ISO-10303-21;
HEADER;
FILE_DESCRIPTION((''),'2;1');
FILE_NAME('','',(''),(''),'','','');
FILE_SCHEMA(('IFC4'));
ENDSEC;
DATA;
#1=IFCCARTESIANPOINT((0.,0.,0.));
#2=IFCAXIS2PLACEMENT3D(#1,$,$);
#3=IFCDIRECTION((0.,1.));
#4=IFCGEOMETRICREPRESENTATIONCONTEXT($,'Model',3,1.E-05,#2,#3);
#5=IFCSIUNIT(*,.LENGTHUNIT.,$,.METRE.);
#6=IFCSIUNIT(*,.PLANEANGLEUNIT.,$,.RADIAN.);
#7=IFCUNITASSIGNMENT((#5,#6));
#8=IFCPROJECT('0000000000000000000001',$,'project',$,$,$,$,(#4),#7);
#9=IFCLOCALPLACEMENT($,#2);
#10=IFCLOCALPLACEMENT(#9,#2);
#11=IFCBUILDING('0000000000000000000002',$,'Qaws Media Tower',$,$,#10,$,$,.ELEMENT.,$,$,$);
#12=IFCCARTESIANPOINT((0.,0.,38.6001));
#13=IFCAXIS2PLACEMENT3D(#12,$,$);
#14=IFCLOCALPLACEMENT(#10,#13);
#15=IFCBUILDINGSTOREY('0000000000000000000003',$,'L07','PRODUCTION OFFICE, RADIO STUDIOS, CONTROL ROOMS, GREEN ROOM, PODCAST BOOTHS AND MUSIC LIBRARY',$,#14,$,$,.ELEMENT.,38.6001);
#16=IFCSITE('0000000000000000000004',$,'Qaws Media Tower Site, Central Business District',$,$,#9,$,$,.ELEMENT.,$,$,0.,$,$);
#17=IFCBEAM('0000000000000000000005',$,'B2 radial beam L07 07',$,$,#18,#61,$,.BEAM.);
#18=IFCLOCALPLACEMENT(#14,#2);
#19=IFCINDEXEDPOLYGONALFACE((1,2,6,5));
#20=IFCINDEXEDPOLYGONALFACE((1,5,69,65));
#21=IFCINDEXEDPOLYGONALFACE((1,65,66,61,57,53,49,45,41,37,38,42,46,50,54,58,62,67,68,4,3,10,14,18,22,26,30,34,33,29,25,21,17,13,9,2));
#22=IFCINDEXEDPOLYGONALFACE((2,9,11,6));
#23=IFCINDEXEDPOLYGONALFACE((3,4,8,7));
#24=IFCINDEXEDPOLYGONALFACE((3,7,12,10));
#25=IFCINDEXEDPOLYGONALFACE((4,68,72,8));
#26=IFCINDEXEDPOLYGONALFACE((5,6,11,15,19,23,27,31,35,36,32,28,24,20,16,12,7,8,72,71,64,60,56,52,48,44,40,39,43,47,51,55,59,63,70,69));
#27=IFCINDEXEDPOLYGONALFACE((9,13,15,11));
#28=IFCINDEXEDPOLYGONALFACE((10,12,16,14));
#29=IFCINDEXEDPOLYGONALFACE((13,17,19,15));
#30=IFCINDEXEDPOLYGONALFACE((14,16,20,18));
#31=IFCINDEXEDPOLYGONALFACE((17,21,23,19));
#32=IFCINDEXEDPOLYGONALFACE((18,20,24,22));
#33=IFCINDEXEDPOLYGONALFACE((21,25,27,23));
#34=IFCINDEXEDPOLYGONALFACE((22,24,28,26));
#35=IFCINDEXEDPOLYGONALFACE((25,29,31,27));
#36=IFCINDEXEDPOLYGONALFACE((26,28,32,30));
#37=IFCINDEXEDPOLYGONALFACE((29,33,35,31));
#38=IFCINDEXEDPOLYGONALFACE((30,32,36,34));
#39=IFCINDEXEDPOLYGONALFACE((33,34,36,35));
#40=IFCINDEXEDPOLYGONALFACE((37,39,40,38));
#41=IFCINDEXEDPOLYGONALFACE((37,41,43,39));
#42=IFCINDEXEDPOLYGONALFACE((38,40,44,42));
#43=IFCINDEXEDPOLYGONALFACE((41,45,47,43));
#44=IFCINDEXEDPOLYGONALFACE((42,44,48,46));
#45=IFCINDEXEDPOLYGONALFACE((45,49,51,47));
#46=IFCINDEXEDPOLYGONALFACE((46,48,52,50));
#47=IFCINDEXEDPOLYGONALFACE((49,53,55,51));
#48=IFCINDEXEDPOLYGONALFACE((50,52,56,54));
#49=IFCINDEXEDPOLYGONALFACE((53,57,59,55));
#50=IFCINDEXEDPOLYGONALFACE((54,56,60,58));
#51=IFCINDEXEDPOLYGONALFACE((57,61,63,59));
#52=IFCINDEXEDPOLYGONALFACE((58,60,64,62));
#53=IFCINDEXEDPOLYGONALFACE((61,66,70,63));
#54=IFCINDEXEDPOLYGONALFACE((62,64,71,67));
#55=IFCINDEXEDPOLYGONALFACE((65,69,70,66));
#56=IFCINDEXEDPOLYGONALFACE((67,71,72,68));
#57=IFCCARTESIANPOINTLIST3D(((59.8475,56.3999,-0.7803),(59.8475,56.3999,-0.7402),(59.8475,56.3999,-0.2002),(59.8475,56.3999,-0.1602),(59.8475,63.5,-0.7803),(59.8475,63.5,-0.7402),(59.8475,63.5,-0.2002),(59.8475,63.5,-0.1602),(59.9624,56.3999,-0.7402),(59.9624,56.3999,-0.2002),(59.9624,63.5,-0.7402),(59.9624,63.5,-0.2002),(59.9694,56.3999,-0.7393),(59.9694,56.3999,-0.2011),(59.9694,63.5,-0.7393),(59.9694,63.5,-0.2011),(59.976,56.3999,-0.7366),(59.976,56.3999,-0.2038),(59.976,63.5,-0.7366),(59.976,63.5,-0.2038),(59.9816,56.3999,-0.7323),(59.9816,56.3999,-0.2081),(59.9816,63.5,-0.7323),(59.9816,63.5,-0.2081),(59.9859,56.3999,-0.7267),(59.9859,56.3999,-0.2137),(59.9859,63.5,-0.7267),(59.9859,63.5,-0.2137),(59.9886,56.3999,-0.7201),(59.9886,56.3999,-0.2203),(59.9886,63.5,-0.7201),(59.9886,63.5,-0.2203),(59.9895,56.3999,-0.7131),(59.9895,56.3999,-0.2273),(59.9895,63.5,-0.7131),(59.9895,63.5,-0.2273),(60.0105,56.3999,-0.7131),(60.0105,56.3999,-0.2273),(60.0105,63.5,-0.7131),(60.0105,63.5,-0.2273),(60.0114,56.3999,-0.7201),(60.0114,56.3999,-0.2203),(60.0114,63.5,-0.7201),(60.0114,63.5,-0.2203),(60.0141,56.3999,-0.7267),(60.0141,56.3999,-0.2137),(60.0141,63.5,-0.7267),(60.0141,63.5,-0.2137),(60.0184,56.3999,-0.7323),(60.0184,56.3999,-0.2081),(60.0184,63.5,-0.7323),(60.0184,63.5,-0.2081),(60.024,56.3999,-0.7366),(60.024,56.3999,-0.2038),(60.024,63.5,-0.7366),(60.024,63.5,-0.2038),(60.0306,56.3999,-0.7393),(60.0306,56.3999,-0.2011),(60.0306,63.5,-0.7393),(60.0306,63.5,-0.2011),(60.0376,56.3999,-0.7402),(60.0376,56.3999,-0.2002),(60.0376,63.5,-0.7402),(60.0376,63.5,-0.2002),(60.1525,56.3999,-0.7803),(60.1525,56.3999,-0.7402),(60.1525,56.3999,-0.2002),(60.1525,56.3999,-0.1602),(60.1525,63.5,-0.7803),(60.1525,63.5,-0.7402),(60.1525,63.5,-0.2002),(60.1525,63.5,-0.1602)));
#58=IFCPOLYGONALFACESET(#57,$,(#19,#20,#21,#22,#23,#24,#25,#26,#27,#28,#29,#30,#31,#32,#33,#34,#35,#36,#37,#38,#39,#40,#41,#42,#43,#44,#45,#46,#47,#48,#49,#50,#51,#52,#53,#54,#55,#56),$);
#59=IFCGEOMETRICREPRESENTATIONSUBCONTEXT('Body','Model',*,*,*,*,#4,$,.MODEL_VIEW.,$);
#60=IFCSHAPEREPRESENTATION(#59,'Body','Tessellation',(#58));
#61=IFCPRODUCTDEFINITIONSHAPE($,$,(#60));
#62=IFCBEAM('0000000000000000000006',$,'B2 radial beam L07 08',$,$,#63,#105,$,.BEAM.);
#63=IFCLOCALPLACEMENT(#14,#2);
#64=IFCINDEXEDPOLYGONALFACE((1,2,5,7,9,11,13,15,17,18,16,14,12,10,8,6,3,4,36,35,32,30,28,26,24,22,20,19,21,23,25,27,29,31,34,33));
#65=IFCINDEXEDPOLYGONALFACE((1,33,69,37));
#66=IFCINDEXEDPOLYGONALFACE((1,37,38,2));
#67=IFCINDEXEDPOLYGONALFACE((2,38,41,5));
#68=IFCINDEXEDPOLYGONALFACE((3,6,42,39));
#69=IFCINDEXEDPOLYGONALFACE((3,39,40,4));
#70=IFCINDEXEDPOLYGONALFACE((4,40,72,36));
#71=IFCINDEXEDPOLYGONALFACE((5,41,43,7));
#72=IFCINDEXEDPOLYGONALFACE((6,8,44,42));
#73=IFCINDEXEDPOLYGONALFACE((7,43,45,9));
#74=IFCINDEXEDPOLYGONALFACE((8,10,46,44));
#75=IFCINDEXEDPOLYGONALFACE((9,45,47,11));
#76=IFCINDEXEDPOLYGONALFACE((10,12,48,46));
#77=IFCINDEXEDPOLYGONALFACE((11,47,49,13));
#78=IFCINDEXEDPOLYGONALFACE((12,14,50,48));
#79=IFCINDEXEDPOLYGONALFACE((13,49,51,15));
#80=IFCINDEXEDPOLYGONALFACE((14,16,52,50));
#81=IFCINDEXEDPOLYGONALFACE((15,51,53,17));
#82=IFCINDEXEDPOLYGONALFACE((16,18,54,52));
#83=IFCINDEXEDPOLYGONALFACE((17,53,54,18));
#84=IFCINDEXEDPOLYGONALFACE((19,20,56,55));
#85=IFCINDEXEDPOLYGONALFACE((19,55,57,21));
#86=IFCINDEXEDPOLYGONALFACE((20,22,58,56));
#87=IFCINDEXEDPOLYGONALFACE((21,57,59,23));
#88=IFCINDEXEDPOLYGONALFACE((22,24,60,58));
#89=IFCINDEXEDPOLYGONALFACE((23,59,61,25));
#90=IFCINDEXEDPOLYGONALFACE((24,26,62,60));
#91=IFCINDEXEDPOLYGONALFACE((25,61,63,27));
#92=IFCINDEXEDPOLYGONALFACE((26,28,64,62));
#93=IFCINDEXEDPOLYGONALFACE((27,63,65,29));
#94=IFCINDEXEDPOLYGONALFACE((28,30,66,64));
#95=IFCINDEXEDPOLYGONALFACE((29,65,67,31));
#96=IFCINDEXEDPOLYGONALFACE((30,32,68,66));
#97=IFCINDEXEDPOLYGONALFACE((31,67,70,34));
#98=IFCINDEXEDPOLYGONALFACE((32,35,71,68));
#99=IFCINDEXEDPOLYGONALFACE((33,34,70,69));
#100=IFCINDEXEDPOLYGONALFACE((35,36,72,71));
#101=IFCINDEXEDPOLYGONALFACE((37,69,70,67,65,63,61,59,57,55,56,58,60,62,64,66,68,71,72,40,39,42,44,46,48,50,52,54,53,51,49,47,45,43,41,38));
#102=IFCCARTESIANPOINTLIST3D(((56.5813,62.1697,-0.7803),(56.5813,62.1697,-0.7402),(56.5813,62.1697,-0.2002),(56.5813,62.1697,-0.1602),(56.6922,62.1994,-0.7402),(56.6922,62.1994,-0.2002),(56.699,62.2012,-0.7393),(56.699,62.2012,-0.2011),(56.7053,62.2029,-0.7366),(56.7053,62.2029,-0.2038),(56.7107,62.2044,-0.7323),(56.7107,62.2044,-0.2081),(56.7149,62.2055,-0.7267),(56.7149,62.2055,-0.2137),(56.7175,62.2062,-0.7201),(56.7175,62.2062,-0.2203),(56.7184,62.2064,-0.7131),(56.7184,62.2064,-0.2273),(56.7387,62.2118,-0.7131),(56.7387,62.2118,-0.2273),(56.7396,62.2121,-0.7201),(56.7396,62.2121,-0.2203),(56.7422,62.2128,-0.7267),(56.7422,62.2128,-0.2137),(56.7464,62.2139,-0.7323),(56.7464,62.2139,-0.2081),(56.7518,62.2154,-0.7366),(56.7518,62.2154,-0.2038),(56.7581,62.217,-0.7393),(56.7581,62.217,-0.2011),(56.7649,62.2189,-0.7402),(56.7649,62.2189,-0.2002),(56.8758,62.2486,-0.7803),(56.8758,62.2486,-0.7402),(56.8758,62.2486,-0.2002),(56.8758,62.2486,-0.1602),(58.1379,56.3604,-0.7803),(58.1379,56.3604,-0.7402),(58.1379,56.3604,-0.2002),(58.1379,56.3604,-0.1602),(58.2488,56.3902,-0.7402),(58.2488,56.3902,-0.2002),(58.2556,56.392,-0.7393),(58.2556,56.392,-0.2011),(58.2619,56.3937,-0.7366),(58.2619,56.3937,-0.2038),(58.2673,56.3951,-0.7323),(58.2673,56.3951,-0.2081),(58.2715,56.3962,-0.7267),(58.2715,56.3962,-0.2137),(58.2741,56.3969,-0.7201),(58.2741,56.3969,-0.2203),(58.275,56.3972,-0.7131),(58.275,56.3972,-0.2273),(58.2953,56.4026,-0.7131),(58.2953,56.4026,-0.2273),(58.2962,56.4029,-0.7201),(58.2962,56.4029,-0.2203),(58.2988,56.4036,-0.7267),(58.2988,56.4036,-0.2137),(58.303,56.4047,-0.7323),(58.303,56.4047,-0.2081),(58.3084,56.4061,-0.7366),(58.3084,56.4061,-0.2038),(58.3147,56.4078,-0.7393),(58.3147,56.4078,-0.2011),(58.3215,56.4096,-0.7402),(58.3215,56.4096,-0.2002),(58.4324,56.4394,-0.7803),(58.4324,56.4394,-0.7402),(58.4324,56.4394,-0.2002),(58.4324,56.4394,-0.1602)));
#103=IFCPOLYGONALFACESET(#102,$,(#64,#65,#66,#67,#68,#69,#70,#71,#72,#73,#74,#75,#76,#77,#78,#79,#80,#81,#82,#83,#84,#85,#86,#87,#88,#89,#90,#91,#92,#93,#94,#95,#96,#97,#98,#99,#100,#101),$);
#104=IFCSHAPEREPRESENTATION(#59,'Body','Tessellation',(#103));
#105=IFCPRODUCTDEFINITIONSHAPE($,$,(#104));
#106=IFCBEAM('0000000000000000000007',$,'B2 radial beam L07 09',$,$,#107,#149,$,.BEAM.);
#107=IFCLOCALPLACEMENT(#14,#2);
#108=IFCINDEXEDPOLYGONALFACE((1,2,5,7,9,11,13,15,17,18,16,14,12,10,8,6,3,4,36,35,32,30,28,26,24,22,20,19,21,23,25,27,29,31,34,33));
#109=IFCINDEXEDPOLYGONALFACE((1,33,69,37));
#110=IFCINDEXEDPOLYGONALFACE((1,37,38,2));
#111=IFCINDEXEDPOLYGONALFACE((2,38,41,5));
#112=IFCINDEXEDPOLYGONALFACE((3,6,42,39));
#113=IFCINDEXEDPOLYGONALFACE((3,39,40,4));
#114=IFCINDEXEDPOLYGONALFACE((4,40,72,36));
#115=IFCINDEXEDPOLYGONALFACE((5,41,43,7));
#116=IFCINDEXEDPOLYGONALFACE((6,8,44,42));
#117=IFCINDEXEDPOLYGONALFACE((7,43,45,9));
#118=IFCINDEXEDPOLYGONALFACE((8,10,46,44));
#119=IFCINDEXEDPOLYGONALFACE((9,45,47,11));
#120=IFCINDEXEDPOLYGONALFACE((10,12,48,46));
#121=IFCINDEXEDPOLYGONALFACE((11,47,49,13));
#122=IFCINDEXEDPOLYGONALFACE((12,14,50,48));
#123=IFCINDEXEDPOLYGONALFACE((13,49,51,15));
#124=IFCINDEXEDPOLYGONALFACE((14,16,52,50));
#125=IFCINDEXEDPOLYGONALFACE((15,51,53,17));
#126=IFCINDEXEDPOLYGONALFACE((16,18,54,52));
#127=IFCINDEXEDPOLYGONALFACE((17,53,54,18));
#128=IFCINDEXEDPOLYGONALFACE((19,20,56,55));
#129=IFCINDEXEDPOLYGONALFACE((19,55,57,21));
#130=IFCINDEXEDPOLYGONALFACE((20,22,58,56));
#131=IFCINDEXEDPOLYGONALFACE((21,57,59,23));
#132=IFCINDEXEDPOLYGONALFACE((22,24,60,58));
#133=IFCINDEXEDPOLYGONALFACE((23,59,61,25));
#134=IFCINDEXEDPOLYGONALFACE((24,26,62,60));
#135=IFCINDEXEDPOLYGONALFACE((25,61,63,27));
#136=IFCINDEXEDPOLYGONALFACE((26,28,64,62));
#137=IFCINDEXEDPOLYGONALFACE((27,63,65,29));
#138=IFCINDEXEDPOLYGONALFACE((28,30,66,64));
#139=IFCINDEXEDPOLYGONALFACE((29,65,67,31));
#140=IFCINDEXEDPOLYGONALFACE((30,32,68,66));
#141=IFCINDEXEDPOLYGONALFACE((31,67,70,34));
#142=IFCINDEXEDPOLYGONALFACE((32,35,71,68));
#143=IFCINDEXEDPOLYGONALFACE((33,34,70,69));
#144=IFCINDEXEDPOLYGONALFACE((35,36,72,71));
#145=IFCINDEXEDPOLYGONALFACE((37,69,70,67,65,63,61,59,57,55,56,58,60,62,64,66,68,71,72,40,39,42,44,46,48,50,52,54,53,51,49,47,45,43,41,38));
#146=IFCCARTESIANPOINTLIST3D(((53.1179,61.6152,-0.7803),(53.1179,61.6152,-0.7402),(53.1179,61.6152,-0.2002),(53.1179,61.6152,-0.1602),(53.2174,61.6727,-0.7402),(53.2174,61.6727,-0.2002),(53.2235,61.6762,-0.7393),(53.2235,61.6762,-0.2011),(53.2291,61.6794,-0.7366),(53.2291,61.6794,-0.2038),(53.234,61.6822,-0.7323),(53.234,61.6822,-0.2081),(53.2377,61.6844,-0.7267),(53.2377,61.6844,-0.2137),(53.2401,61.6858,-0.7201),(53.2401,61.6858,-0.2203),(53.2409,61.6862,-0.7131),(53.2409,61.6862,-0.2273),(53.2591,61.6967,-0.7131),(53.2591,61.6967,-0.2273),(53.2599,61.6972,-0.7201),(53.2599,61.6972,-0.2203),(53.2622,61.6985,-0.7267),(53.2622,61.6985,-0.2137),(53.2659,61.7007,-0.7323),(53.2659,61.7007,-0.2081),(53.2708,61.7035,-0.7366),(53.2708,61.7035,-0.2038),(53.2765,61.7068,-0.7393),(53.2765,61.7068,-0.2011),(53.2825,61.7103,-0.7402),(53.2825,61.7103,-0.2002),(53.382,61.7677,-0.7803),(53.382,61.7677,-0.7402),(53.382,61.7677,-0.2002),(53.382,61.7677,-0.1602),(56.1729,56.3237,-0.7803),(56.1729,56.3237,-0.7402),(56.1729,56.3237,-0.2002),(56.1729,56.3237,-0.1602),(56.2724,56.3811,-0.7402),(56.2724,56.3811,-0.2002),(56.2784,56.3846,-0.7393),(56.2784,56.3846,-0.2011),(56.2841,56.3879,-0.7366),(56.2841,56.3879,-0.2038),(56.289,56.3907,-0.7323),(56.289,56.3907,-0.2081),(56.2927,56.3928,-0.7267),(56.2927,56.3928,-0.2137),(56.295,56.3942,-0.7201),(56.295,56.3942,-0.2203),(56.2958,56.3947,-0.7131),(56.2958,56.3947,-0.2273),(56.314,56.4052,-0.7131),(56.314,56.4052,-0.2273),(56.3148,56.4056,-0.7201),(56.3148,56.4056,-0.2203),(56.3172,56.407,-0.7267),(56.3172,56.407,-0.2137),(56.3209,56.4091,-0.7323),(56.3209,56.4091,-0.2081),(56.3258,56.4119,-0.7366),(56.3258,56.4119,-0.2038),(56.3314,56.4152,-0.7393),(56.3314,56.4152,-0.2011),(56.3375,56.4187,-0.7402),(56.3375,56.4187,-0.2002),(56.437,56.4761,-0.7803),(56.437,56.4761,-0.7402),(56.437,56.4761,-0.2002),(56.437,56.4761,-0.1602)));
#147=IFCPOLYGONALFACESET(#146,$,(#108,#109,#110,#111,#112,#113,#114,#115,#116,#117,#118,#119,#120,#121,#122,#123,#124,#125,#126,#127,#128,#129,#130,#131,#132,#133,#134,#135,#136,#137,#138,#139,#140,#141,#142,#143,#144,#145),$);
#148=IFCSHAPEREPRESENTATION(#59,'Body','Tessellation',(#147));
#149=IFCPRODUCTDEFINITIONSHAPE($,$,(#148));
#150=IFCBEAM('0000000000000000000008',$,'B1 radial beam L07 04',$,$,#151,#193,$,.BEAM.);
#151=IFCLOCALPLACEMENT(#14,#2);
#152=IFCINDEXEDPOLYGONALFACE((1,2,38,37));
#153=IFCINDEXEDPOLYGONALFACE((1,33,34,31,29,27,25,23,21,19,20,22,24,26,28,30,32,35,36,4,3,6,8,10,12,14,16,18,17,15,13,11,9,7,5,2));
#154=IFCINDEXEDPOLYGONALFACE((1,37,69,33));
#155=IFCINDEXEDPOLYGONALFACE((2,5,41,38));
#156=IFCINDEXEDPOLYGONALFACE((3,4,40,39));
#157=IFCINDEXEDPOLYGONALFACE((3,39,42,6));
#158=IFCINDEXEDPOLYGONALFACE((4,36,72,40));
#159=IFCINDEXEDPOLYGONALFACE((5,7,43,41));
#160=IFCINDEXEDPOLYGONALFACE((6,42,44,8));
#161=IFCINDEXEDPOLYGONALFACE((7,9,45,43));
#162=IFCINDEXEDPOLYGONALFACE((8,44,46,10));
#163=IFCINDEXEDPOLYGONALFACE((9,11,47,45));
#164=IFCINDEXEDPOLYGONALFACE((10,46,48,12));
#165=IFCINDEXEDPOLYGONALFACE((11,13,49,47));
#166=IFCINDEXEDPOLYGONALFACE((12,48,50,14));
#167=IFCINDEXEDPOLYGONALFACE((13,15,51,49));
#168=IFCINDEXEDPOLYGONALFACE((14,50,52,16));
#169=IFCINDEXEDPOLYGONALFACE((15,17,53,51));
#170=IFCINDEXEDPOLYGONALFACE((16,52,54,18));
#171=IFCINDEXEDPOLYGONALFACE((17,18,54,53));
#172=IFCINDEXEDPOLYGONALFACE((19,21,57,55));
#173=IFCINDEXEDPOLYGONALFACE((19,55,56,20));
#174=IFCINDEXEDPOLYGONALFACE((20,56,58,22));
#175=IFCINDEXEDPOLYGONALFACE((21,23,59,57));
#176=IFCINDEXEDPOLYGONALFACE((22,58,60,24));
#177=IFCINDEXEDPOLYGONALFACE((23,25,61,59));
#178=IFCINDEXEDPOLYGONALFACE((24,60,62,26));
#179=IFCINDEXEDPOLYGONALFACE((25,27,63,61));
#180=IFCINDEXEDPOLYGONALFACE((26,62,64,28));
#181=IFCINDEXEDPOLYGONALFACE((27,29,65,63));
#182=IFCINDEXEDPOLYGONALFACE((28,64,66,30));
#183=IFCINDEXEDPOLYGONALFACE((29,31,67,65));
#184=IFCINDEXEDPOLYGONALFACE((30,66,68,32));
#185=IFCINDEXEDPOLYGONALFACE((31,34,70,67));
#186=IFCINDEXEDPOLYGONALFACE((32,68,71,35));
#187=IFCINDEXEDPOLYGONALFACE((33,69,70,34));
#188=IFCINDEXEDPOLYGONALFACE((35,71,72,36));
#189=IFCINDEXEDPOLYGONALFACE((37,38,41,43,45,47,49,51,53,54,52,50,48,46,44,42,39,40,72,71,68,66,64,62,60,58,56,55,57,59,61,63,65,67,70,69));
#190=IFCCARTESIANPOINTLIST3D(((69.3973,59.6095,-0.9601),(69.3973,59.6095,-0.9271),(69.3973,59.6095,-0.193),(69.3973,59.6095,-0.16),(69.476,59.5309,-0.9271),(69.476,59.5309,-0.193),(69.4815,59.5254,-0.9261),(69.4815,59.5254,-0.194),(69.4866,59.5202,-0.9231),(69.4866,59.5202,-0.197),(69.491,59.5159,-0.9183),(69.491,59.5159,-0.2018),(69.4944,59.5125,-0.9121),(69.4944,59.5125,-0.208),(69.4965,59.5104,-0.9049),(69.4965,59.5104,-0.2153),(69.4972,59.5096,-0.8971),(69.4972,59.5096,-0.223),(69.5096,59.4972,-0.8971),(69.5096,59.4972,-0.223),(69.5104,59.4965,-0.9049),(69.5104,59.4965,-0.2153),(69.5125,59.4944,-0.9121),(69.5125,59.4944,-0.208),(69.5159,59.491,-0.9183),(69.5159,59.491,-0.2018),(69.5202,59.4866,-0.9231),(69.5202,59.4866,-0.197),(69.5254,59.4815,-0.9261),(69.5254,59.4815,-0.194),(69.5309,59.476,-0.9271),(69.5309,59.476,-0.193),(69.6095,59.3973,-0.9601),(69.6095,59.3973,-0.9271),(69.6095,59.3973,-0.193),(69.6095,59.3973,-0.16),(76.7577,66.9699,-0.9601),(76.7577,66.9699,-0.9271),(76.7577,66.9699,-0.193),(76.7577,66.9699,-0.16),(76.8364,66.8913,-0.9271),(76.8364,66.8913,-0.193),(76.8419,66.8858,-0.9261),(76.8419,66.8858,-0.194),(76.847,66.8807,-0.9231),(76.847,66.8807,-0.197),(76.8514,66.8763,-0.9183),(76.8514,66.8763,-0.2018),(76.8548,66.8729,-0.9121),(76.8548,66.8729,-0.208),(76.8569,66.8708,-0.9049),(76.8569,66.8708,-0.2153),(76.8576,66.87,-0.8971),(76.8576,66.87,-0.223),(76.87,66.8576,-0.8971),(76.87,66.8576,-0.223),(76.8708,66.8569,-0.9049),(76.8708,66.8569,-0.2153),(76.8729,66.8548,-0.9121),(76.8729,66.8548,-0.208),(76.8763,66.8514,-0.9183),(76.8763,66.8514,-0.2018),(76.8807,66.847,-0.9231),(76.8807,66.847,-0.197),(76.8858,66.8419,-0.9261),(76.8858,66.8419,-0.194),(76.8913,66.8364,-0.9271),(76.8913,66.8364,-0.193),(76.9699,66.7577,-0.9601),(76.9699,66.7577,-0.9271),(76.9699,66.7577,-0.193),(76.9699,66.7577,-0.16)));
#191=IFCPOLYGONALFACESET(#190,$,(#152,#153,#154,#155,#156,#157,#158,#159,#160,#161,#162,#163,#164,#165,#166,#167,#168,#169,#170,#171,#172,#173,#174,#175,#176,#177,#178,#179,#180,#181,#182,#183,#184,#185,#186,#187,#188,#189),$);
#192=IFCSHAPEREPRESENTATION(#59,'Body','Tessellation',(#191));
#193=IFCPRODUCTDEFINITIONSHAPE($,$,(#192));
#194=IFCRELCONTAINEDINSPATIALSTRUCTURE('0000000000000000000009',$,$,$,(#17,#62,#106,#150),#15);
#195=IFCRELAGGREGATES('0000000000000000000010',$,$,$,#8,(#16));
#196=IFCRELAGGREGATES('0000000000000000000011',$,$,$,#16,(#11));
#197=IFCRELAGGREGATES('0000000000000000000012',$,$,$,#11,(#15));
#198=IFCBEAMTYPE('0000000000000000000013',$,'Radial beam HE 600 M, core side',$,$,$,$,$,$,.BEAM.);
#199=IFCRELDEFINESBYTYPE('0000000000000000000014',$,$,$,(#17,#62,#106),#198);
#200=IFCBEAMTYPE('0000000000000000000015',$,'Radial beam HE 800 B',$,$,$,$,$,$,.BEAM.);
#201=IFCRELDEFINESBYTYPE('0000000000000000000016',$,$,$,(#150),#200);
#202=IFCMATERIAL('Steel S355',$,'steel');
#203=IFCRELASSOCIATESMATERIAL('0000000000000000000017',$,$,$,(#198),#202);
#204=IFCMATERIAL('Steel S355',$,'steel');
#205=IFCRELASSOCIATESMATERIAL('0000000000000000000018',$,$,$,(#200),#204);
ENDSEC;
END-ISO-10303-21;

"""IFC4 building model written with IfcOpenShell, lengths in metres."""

from ifc_helpers import new_model, si_unit, direction, frame, origin, origin_2d, place, context, subcontext, project, spatial, i_section, extrude, material, material_profile, profile_set, type_object, element, save


model = new_model("IFC4")

# Units and contexts
model_context = context("Model", 3, precision=1e-05, world=origin(), true_north=direction((0.0, 1.0)))
body_context = subcontext(model_context, "Body", "Model", "MODEL_VIEW")
ifc_project = project(units=[si_unit("LENGTHUNIT", "METRE"), si_unit("PLANEANGLEUNIT", "RADIAN")], contexts=[model_context])

# Site, building, storey
site_placement = place(None, origin())
site = spatial("IfcSite", under=ifc_project, at=site_placement, Name="Qaws Media Tower Site, Central Business District", CompositionType="ELEMENT", RefElevation=0.0)
building_placement = place(site_placement, origin())
building = spatial("IfcBuilding", under=site, at=building_placement, Name="Qaws Media Tower", CompositionType="ELEMENT")
storey_placement = place(building_placement, frame((0.0, 0.0, 38.6001)))
storey = spatial("IfcBuildingStorey", under=building, at=storey_placement, Name="L07", Description="PRODUCTION OFFICE, RADIO STUDIOS, CONTROL ROOMS, GREEN ROOM, PODCAST BOOTHS AND MUSIC LIBRARY", CompositionType="ELEMENT", Elevation=38.6001)

# Beams
ifc_material_1 = material(Name="Steel S355", Category="steel")
ifc_material_profile_1 = material_profile(ifc_material_1, i_section(OverallWidth=0.3049, OverallDepth=0.6201, WebThickness=0.021, FlangeThickness=0.04, FilletRadius=0.0271, at=origin_2d()), Name="HE 600 M")
ifc_profile_set_1 = profile_set([ifc_material_profile_1], Name="Steel S355")
beam_type_1 = type_object("IfcBeamType", Name="Radial beam HE 600 M, core side", PredefinedType="BEAM", material=ifc_profile_set_1)
beam_1_placement = place(storey_placement, frame((60.0, 56.3999, -0.4702), z_axis=(0.0, 1.0, 0.0), x_axis=(-1.0, 0.0, 0.0)))
element("IfcBeam", 1, at=beam_1_placement, inside=storey, type_object=beam_type_1, Name="B2 radial beam L07 07", PredefinedType="BEAM", context=body_context, shape_type="SweptSolid", body=[
    extrude(i_section(OverallWidth=0.3049, OverallDepth=0.6201, WebThickness=0.021, FlangeThickness=0.04, FilletRadius=0.0271, at=origin_2d()), origin(), (0.0, 0.0, 1.0), 7.1001),
])
beam_2_placement = place(storey_placement, frame((58.2852, 56.3999, -0.4702), z_axis=(-0.258825, 0.965924, 0.0), x_axis=(-0.965924, -0.258825, 0.0)))
element("IfcBeam", 2, at=beam_2_placement, inside=storey, type_object=beam_type_1, Name="B2 radial beam L07 08", PredefinedType="BEAM", context=body_context, shape_type="SweptSolid", body=[
    extrude(i_section(OverallWidth=0.3049, OverallDepth=0.6201, WebThickness=0.021, FlangeThickness=0.04, FilletRadius=0.0271, at=origin_2d()), origin(), (0.0, 0.0, 1.0), 6.0142),
])
beam_3_placement = place(storey_placement, frame((56.3049, 56.3999, -0.4702), z_axis=(-0.499985, 0.866034, 0.0), x_axis=(-0.866034, -0.499985, 0.0)))
element("IfcBeam", 3, at=beam_3_placement, inside=storey, type_object=beam_type_1, Name="B2 radial beam L07 09", PredefinedType="BEAM", context=body_context, shape_type="SweptSolid", body=[
    extrude(i_section(OverallWidth=0.3049, OverallDepth=0.6201, WebThickness=0.021, FlangeThickness=0.04, FilletRadius=0.0271, at=origin_2d()), origin(), (0.0, 0.0, 1.0), 6.1101),
])
ifc_material_2 = material(Name="Steel S355", Category="steel")
ifc_material_profile_2 = material_profile(ifc_material_2, i_section(OverallWidth=0.3, OverallDepth=0.8, WebThickness=0.0176, FlangeThickness=0.033, FilletRadius=0.03, at=origin_2d()), Name="HE 800 B")
ifc_profile_set_2 = profile_set([ifc_material_profile_2], Name="Steel S355")
beam_type_2 = type_object("IfcBeamType", Name="Radial beam HE 800 B", PredefinedType="BEAM", material=ifc_profile_set_2)
beam_4_placement = place(storey_placement, frame((69.5034, 59.5034, -0.5601), z_axis=(0.707107, 0.707107, 0.0), x_axis=(-0.707107, 0.707107, 0.0)))
element("IfcBeam", 4, at=beam_4_placement, inside=storey, type_object=beam_type_2, Name="B1 radial beam L07 04", PredefinedType="BEAM", context=body_context, shape_type="SweptSolid", body=[
    extrude(i_section(OverallWidth=0.3, OverallDepth=0.8, WebThickness=0.0176, FlangeThickness=0.033, FilletRadius=0.03, at=origin_2d()), origin(), (0.0, 0.0, 1.0), 10.4092),
])

save(model, "model.ifc")
